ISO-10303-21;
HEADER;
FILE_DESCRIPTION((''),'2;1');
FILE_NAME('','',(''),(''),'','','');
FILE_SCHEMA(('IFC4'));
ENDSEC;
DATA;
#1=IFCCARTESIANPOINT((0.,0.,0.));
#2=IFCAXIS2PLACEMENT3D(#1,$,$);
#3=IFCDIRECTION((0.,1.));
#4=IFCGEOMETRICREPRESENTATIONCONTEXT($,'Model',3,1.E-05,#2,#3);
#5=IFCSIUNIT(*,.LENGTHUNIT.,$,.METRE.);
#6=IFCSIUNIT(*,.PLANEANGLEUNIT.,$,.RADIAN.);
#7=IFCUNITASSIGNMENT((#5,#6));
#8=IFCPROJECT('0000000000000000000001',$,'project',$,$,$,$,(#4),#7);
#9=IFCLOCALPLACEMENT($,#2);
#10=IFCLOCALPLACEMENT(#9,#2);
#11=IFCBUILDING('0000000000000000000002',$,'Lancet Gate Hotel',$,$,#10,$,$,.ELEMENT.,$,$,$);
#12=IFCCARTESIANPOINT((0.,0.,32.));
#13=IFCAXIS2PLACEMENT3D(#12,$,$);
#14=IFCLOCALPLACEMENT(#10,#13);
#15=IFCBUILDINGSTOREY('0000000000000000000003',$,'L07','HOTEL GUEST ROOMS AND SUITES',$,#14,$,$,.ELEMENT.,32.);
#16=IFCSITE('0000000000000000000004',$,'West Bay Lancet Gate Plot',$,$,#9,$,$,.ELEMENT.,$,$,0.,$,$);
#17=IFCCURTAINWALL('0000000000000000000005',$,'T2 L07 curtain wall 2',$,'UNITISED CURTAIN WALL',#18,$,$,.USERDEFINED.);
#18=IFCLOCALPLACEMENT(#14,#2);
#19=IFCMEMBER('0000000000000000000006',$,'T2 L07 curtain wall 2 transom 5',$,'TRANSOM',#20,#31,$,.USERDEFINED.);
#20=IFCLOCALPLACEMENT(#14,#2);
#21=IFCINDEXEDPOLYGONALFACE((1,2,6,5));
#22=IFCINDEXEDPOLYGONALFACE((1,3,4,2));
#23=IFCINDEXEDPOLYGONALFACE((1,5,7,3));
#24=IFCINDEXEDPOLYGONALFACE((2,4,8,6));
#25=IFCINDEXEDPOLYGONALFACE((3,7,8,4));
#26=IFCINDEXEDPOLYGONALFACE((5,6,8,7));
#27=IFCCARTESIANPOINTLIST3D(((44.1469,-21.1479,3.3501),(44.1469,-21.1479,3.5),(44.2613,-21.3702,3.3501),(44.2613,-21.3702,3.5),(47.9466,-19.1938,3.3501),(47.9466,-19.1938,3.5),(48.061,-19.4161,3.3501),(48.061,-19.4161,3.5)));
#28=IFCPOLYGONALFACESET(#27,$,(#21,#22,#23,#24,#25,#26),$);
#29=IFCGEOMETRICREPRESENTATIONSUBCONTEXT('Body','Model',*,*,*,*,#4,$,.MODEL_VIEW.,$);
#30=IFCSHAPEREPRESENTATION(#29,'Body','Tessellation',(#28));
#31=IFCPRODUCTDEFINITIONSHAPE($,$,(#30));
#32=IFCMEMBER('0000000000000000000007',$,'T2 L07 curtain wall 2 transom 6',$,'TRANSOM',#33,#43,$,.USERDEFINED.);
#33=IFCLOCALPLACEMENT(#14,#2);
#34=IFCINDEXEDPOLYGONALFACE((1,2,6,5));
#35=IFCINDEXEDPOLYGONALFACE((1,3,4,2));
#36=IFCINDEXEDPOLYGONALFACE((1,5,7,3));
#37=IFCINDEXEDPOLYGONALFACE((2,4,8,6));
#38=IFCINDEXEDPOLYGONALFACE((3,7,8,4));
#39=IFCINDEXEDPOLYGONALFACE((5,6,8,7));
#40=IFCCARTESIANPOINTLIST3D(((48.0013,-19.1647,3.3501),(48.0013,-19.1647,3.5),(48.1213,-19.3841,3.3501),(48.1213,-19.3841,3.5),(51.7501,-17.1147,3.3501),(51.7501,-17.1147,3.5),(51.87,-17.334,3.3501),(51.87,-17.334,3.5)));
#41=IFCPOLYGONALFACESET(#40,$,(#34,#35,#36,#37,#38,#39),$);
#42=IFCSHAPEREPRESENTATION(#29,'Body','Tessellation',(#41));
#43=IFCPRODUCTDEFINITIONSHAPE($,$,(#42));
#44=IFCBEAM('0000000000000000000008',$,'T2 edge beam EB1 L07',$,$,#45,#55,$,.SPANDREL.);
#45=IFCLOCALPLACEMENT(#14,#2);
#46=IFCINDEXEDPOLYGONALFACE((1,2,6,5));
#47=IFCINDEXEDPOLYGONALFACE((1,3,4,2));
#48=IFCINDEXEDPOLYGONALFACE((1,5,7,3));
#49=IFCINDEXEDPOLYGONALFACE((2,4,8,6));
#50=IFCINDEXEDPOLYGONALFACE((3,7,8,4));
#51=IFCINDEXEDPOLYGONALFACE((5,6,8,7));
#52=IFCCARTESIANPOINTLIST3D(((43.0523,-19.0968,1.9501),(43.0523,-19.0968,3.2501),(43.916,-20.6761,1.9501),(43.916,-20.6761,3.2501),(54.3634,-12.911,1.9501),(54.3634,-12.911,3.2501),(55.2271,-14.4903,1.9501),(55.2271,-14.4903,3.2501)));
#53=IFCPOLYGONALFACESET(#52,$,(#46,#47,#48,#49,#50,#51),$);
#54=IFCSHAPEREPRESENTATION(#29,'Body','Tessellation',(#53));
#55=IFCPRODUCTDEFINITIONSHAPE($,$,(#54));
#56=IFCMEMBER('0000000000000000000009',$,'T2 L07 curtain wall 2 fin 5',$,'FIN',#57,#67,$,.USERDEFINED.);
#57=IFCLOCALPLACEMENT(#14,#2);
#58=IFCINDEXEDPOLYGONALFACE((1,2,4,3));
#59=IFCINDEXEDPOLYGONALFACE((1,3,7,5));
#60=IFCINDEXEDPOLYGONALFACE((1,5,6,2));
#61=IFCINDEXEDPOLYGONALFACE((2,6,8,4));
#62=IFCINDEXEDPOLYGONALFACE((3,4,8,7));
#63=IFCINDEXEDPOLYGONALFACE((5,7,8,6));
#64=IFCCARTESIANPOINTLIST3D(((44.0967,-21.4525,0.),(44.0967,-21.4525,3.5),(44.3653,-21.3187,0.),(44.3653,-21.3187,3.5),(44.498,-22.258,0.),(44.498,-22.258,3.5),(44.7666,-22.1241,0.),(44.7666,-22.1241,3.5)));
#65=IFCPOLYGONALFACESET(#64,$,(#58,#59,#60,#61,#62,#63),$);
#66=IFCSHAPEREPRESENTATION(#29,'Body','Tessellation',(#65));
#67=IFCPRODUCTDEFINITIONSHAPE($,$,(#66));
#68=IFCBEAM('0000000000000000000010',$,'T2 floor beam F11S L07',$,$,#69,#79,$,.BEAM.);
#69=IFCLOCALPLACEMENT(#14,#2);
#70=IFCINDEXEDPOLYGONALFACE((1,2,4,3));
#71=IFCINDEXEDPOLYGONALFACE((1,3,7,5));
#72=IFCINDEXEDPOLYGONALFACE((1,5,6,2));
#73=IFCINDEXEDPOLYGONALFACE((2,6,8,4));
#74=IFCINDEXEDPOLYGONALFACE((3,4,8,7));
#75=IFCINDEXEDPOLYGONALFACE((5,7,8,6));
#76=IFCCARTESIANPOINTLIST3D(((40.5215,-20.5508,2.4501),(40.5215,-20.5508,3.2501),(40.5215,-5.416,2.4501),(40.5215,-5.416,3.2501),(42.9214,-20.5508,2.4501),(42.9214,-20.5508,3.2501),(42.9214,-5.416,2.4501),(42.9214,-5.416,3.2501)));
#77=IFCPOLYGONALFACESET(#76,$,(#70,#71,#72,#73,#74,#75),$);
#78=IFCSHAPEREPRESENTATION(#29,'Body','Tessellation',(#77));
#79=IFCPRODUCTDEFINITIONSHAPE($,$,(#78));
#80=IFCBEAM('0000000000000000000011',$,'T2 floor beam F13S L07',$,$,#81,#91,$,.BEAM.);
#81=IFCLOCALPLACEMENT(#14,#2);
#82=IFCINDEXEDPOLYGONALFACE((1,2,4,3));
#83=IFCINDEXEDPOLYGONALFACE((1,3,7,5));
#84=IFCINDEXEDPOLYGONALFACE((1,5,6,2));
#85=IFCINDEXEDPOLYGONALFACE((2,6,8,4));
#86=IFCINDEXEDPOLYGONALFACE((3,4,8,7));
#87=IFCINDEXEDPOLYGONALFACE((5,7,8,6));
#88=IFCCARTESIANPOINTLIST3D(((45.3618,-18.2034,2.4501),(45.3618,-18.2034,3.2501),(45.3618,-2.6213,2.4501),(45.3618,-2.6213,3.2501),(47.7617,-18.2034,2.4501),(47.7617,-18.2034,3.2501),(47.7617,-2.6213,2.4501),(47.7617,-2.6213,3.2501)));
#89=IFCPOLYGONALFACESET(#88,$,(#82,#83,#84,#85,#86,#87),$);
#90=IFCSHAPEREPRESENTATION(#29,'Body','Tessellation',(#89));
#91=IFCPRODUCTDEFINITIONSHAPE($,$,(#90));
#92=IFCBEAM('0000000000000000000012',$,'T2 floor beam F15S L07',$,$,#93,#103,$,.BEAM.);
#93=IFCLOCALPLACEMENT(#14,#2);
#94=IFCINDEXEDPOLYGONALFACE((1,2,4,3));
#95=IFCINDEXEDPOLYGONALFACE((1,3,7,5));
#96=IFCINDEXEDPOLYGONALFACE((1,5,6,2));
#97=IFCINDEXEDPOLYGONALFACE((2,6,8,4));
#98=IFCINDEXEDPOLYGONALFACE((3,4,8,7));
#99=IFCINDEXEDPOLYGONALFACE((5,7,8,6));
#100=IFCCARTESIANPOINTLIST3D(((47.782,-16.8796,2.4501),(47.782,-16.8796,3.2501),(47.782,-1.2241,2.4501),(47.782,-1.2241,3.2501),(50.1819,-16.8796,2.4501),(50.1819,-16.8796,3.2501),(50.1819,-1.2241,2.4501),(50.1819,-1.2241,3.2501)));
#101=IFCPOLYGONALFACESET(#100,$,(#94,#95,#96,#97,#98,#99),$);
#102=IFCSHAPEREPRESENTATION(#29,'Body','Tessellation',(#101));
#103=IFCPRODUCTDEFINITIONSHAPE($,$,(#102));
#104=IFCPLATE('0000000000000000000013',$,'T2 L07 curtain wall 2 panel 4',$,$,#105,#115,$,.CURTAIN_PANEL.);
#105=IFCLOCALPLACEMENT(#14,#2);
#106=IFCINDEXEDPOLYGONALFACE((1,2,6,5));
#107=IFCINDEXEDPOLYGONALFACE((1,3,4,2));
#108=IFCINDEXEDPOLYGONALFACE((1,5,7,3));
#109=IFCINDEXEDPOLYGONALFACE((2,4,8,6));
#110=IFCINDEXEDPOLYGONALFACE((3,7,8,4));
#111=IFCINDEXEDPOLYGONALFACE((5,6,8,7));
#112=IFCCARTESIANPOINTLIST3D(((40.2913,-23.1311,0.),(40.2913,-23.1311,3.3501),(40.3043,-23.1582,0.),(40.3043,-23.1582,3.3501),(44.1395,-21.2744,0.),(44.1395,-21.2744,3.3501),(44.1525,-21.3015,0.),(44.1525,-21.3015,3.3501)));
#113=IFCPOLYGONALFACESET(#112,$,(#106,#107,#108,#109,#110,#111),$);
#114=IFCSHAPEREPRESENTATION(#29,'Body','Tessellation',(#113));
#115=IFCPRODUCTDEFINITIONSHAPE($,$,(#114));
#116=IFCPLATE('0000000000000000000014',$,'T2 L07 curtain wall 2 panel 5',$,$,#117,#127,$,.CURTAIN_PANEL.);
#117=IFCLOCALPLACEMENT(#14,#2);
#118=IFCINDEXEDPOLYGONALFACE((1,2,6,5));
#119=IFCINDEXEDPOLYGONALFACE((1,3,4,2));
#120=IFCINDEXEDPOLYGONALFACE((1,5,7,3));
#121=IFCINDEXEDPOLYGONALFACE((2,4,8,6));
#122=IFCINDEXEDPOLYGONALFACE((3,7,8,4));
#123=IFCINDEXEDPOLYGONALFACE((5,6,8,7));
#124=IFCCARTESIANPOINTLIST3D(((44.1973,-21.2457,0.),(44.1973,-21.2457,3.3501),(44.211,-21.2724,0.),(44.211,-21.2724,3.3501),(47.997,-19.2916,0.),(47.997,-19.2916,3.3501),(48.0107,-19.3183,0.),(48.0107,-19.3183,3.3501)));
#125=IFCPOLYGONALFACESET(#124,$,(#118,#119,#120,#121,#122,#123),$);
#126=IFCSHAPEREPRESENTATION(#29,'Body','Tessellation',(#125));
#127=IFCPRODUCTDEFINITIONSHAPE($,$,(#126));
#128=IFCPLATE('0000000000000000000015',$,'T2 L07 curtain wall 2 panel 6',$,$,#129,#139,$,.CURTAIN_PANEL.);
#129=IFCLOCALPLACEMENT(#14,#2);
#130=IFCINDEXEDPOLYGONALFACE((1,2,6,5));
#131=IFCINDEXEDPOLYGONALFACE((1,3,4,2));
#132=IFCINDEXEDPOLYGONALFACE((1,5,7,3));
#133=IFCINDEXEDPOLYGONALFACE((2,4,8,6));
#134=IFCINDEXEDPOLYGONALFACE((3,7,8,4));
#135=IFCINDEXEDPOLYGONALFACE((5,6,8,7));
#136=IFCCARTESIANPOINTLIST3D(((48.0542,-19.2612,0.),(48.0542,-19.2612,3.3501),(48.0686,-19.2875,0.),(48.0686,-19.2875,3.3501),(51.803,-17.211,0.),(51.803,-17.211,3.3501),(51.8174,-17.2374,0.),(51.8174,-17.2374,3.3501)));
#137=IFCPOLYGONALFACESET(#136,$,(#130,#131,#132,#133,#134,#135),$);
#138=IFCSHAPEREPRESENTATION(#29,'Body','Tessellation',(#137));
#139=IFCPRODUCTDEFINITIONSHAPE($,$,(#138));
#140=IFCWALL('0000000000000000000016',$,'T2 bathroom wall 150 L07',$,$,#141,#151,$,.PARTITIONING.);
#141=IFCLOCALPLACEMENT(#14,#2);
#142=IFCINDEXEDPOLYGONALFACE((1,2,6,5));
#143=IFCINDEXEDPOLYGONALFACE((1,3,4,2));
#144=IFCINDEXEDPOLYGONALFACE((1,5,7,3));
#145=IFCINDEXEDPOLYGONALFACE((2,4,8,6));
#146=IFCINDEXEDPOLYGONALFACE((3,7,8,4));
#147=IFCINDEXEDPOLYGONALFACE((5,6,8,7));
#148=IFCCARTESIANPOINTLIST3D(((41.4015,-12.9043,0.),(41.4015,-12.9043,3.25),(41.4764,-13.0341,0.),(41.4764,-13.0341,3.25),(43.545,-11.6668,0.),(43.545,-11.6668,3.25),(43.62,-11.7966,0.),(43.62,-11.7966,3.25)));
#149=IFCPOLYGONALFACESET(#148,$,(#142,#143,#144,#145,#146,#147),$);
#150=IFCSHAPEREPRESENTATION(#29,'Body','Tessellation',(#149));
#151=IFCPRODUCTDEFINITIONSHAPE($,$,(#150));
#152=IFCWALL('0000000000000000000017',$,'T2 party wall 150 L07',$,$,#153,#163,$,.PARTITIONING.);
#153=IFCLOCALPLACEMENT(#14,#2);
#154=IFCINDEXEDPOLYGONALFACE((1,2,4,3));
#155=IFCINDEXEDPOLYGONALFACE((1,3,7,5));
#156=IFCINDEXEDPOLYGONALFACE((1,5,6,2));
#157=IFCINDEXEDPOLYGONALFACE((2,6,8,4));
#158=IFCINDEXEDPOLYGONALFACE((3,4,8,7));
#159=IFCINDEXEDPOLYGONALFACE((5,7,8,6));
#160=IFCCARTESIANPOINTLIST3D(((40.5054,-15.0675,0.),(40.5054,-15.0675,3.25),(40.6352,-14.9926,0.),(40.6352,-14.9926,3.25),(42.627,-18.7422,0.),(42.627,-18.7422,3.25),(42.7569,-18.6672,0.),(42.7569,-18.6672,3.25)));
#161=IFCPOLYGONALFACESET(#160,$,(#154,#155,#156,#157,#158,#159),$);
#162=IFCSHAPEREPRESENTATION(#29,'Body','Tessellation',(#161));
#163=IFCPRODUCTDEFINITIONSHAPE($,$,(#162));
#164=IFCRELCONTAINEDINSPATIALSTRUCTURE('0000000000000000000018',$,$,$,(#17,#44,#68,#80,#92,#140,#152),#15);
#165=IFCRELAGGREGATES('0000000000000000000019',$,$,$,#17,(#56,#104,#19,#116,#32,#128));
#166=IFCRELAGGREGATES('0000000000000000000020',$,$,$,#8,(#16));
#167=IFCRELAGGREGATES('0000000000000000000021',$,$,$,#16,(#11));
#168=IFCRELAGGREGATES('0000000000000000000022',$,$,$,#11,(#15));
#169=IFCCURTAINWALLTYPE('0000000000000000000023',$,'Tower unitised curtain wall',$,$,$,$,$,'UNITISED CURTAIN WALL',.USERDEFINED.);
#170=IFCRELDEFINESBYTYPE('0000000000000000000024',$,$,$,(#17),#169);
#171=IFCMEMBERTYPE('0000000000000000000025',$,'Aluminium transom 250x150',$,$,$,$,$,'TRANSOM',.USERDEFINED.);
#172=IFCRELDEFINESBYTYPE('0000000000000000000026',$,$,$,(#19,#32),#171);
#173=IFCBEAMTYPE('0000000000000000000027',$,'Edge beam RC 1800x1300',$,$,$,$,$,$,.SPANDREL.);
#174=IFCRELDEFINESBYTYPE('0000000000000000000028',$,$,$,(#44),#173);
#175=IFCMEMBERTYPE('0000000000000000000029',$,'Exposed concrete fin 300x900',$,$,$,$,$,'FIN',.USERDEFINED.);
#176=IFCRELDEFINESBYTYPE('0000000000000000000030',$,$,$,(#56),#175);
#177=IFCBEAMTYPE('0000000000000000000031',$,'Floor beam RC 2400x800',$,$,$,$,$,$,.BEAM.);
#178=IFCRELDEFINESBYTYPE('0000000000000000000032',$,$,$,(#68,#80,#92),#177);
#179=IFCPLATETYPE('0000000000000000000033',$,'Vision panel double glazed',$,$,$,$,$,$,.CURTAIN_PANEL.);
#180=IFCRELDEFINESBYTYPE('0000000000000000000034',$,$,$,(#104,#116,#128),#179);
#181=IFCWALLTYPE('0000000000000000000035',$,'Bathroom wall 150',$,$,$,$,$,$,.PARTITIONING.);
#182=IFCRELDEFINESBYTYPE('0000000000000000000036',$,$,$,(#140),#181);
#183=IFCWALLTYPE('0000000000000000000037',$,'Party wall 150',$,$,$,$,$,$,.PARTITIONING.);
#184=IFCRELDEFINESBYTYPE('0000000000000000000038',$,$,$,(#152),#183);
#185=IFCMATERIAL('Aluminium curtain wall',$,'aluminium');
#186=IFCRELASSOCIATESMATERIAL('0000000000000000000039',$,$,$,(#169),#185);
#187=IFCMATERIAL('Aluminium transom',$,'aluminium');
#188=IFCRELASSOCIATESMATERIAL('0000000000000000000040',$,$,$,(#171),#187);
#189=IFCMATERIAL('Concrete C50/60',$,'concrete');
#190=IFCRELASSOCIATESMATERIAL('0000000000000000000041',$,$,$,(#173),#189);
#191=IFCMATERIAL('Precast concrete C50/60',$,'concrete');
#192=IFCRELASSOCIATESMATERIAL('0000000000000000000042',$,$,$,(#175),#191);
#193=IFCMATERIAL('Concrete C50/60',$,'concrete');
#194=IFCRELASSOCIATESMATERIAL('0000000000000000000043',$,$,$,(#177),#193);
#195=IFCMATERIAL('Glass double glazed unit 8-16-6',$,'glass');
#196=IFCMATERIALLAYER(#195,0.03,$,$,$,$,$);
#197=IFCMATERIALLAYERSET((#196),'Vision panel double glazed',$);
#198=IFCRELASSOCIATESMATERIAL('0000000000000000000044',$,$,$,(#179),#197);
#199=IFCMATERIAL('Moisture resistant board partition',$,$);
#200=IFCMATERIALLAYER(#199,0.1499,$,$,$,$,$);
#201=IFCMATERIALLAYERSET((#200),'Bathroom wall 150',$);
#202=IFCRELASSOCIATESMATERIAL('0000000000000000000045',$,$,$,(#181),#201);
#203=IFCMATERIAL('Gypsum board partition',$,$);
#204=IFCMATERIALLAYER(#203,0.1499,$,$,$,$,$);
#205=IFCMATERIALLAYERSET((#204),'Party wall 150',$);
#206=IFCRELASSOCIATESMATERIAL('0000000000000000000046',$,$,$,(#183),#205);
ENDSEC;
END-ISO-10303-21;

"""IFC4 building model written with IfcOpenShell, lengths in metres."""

from ifc_helpers import new_model, si_unit, direction, frame, frame_2d, origin, origin_2d, place, context, subcontext, project, spatial, rectangle, extrude, material, layer, layer_set, material_profile, profile_set, type_object, element, aggregate, save


model = new_model("IFC4")

# Units and contexts
model_context = context("Model", 3, precision=1e-05, world=origin(), true_north=direction((0.0, 1.0)))
body_context = subcontext(model_context, "Body", "Model", "MODEL_VIEW")
ifc_project = project(units=[si_unit("LENGTHUNIT", "METRE"), si_unit("PLANEANGLEUNIT", "RADIAN")], contexts=[model_context])

# Site, building, storey
site_placement = place(None, origin())
site = spatial("IfcSite", under=ifc_project, at=site_placement, Name="West Bay Lancet Gate Plot", CompositionType="ELEMENT", RefElevation=0.0)
building_placement = place(site_placement, origin())
building = spatial("IfcBuilding", under=site, at=building_placement, Name="Lancet Gate Hotel", CompositionType="ELEMENT")
storey_placement = place(building_placement, frame((0.0, 0.0, 32.0)))
storey = spatial("IfcBuildingStorey", under=building, at=storey_placement, Name="L07", Description="HOTEL GUEST ROOMS AND SUITES", CompositionType="ELEMENT", Elevation=32.0)

# Curtain wall, members
ifc_material_1 = material(Name="Aluminium curtain wall", Category="aluminium")
curtain_wall_type = type_object("IfcCurtainWallType", Name="Tower unitised curtain wall", ElementType="UNITISED CURTAIN WALL", PredefinedType="USERDEFINED", material=ifc_material_1)
curtain_wall_placement = place(storey_placement, origin())
curtain_wall = element("IfcCurtainWall", 1, at=curtain_wall_placement, inside=storey, type_object=curtain_wall_type, Name="T2 L07 curtain wall 2", ObjectType="UNITISED CURTAIN WALL", PredefinedType="USERDEFINED")
ifc_material_2 = material(Name="Aluminium transom", Category="aluminium")
ifc_material_profile_1 = material_profile(ifc_material_2, rectangle(XDim=0.25, YDim=0.1499, at=origin_2d()), Name="TRANSOM 250x150")
ifc_profile_set_1 = profile_set([ifc_material_profile_1], Name="Aluminium transom")
member_type_1 = type_object("IfcMemberType", Name="Aluminium transom 250x150", ElementType="TRANSOM", PredefinedType="USERDEFINED", material=ifc_profile_set_1)
member_1_placement = place(storey_placement, frame((44.2041, -21.259, 3.425), z_axis=(0.889296, 0.457333, 0.0), x_axis=(-0.457333, 0.889296, 0.0)))
member_1 = element("IfcMember", 2, at=member_1_placement, type_object=member_type_1, Name="T2 L07 curtain wall 2 transom 5", ObjectType="TRANSOM", PredefinedType="USERDEFINED", context=body_context, shape_type="SweptSolid", body=[
    extrude(rectangle(XDim=0.25, YDim=0.1499, at=origin_2d()), origin(), (0.0, 0.0, 1.0), 4.2727),
])
member_2_placement = place(storey_placement, frame((48.0613, -19.2744, 3.425), z_axis=(0.877378, 0.479801, 0.0), x_axis=(-0.479801, 0.877378, 0.0)))
member_2 = element("IfcMember", 3, at=member_2_placement, type_object=member_type_1, Name="T2 L07 curtain wall 2 transom 6", ObjectType="TRANSOM", PredefinedType="USERDEFINED", context=body_context, shape_type="SweptSolid", body=[
    extrude(rectangle(XDim=0.25, YDim=0.1499, at=origin_2d()), origin(), (0.0, 0.0, 1.0), 4.2727),
])

# Beam
ifc_material_3 = material(Name="Concrete C50/60", Category="concrete")
ifc_material_profile_2 = material_profile(ifc_material_3, rectangle(XDim=1.8, YDim=1.3, at=origin_2d()), Name="RC 1800x1300")
ifc_profile_set_2 = profile_set([ifc_material_profile_2], Name="Concrete C50/60")
beam_type_1 = type_object("IfcBeamType", Name="Edge beam RC 1800x1300", PredefinedType="SPANDREL", material=ifc_profile_set_2)
beam_1_placement = place(storey_placement, frame((43.4841, -19.8865, 2.6001), z_axis=(0.877369, 0.479816, 0.0), x_axis=(-0.479816, 0.877369, 0.0)))
element("IfcBeam", 4, at=beam_1_placement, inside=storey, type_object=beam_type_1, Name="T2 edge beam EB1 L07", PredefinedType="SPANDREL", context=body_context, shape_type="SweptSolid", body=[
    extrude(rectangle(XDim=1.8, YDim=1.3, at=origin_2d()), origin(), (0.0, 0.0, 1.0), 12.8921),
])

# Member
ifc_material_4 = material(Name="Precast concrete C50/60", Category="concrete")
ifc_material_profile_3 = material_profile(ifc_material_4, rectangle(XDim=0.3, YDim=0.8999, at=origin_2d()), Name="FIN 300x900")
ifc_profile_set_3 = profile_set([ifc_material_profile_3], Name="Precast concrete C50/60")
member_type_2 = type_object("IfcMemberType", Name="Exposed concrete fin 300x900", ElementType="FIN", PredefinedType="USERDEFINED", material=ifc_profile_set_3)
member_3_placement = place(storey_placement, frame((44.4316, -21.7883, 0.0), z_axis=(0.0, 0.0, 1.0), x_axis=(0.895044, 0.445978, 0.0)))
member_3 = element("IfcMember", 5, at=member_3_placement, type_object=member_type_2, Name="T2 L07 curtain wall 2 fin 5", ObjectType="FIN", PredefinedType="USERDEFINED", context=body_context, shape_type="SweptSolid", body=[
    extrude(rectangle(XDim=0.3, YDim=0.8999, at=origin_2d()), origin(), (0.0, 0.0, 1.0), 3.5),
])

# Beams
ifc_material_5 = material(Name="Concrete C50/60", Category="concrete")
ifc_material_profile_4 = material_profile(ifc_material_5, rectangle(XDim=2.3999, YDim=0.8, at=origin_2d()), Name="RC 2400x800")
ifc_profile_set_4 = profile_set([ifc_material_profile_4], Name="Concrete C50/60")
beam_type_2 = type_object("IfcBeamType", Name="Floor beam RC 2400x800", PredefinedType="BEAM", material=ifc_profile_set_4)
beam_2_placement = place(storey_placement, frame((41.7214, -20.5508, 2.8501), z_axis=(0.0, 1.0, 0.0), x_axis=(-1.0, 0.0, 0.0)))
element("IfcBeam", 6, at=beam_2_placement, inside=storey, type_object=beam_type_2, Name="T2 floor beam F11S L07", PredefinedType="BEAM", context=body_context, shape_type="SweptSolid", body=[
    extrude(rectangle(XDim=2.3999, YDim=0.8, at=origin_2d()), origin(), (0.0, 0.0, 1.0), 15.1348),
])
beam_3_placement = place(storey_placement, frame((46.5618, -18.2034, 2.8501), z_axis=(0.0, 1.0, 0.0), x_axis=(-1.0, 0.0, 0.0)))
element("IfcBeam", 7, at=beam_3_placement, inside=storey, type_object=beam_type_2, Name="T2 floor beam F13S L07", PredefinedType="BEAM", context=body_context, shape_type="SweptSolid", body=[
    extrude(rectangle(XDim=2.3999, YDim=0.8, at=origin_2d()), origin(), (0.0, 0.0, 1.0), 15.582),
])
beam_4_placement = place(storey_placement, frame((48.9819, -16.8796, 2.8501), z_axis=(0.0, 1.0, 0.0), x_axis=(-1.0, 0.0, 0.0)))
element("IfcBeam", 8, at=beam_4_placement, inside=storey, type_object=beam_type_2, Name="T2 floor beam F15S L07", PredefinedType="BEAM", context=body_context, shape_type="SweptSolid", body=[
    extrude(rectangle(XDim=2.3999, YDim=0.8, at=origin_2d()), origin(), (0.0, 0.0, 1.0), 15.6555),
])

# Plates
ifc_material_6 = material(Name="Glass double glazed unit 8-16-6", Category="glass")
ifc_layer_1 = layer(ifc_material_6, 0.03)
ifc_layer_set_1 = layer_set([ifc_layer_1], Name="Vision panel double glazed")
plate_type = type_object("IfcPlateType", Name="Vision panel double glazed", PredefinedType="CURTAIN_PANEL", material=ifc_layer_set_1)
plate_1_placement = place(storey_placement, frame((42.2219, -22.2163, 0.0), z_axis=(0.0, 0.0, 1.0), x_axis=(0.900647, 0.43455, 0.0)))
plate_1 = element("IfcPlate", 9, at=plate_1_placement, type_object=plate_type, Name="T2 L07 curtain wall 2 panel 4", PredefinedType="CURTAIN_PANEL", context=body_context, shape_type="SweptSolid", body=[
    extrude(rectangle(XDim=4.2727, YDim=0.03, at=origin_2d()), origin(), (0.0, 0.0, 1.0), 3.3501),
])
plate_2_placement = place(storey_placement, frame((46.104, -20.282, 0.0), z_axis=(0.0, 0.0, 1.0), x_axis=(0.889296, 0.457332, 0.0)))
plate_2 = element("IfcPlate", 10, at=plate_2_placement, type_object=plate_type, Name="T2 L07 curtain wall 2 panel 5", PredefinedType="CURTAIN_PANEL", context=body_context, shape_type="SweptSolid", body=[
    extrude(rectangle(XDim=4.2727, YDim=0.03, at=origin_2d()), origin(), (0.0, 0.0, 1.0), 3.3501),
])
plate_3_placement = place(storey_placement, frame((49.9358, -18.2493, 0.0), z_axis=(0.0, 0.0, 1.0), x_axis=(0.877368, 0.479818, 0.0)))
plate_3 = element("IfcPlate", 11, at=plate_3_placement, type_object=plate_type, Name="T2 L07 curtain wall 2 panel 6", PredefinedType="CURTAIN_PANEL", context=body_context, shape_type="SweptSolid", body=[
    extrude(rectangle(XDim=4.2727, YDim=0.03, at=origin_2d()), origin(), (0.0, 0.0, 1.0), 3.3501),
])
aggregate(curtain_wall, [member_3, plate_1, member_1, plate_2, member_2, plate_3])

# Walls
ifc_material_7 = material(Name="Moisture resistant board partition")
ifc_layer_2 = layer(ifc_material_7, 0.1499)
ifc_layer_set_2 = layer_set([ifc_layer_2], Name="Bathroom wall 150")
wall_type_1 = type_object("IfcWallType", Name="Bathroom wall 150", PredefinedType="PARTITIONING", material=ifc_layer_set_2)
wall_1_placement = place(storey_placement, frame((41.439, -12.9692, 0.0), z_axis=(0.0, 0.0, 1.0), x_axis=(0.866031, 0.49999, 0.0)))
element("IfcWall", 12, at=wall_1_placement, inside=storey, type_object=wall_type_1, Name="T2 bathroom wall 150 L07", PredefinedType="PARTITIONING", context=body_context, shape_type="SweptSolid", body=[
    extrude(rectangle(XDim=2.4751, YDim=0.1499, at=frame_2d((1.2375, 0.0))), origin(), (0.0, 0.0, 1.0), 3.25),
])
ifc_material_8 = material(Name="Gypsum board partition")
ifc_layer_3 = layer(ifc_material_8, 0.1499)
ifc_layer_set_3 = layer_set([ifc_layer_3], Name="Party wall 150")
wall_type_2 = type_object("IfcWallType", Name="Party wall 150", PredefinedType="PARTITIONING", material=ifc_layer_set_3)
wall_2_placement = place(storey_placement, frame((40.5703, -15.03, 0.0), z_axis=(0.0, 0.0, 1.0), x_axis=(0.500013, -0.866018, 0.0)))
element("IfcWall", 13, at=wall_2_placement, inside=storey, type_object=wall_type_2, Name="T2 party wall 150 L07", PredefinedType="PARTITIONING", context=body_context, shape_type="SweptSolid", body=[
    extrude(rectangle(XDim=4.2432, YDim=0.1499, at=frame_2d((2.1216, 0.0))), origin(), (0.0, 0.0, 1.0), 3.25),
])

save(model, "model.ifc")
